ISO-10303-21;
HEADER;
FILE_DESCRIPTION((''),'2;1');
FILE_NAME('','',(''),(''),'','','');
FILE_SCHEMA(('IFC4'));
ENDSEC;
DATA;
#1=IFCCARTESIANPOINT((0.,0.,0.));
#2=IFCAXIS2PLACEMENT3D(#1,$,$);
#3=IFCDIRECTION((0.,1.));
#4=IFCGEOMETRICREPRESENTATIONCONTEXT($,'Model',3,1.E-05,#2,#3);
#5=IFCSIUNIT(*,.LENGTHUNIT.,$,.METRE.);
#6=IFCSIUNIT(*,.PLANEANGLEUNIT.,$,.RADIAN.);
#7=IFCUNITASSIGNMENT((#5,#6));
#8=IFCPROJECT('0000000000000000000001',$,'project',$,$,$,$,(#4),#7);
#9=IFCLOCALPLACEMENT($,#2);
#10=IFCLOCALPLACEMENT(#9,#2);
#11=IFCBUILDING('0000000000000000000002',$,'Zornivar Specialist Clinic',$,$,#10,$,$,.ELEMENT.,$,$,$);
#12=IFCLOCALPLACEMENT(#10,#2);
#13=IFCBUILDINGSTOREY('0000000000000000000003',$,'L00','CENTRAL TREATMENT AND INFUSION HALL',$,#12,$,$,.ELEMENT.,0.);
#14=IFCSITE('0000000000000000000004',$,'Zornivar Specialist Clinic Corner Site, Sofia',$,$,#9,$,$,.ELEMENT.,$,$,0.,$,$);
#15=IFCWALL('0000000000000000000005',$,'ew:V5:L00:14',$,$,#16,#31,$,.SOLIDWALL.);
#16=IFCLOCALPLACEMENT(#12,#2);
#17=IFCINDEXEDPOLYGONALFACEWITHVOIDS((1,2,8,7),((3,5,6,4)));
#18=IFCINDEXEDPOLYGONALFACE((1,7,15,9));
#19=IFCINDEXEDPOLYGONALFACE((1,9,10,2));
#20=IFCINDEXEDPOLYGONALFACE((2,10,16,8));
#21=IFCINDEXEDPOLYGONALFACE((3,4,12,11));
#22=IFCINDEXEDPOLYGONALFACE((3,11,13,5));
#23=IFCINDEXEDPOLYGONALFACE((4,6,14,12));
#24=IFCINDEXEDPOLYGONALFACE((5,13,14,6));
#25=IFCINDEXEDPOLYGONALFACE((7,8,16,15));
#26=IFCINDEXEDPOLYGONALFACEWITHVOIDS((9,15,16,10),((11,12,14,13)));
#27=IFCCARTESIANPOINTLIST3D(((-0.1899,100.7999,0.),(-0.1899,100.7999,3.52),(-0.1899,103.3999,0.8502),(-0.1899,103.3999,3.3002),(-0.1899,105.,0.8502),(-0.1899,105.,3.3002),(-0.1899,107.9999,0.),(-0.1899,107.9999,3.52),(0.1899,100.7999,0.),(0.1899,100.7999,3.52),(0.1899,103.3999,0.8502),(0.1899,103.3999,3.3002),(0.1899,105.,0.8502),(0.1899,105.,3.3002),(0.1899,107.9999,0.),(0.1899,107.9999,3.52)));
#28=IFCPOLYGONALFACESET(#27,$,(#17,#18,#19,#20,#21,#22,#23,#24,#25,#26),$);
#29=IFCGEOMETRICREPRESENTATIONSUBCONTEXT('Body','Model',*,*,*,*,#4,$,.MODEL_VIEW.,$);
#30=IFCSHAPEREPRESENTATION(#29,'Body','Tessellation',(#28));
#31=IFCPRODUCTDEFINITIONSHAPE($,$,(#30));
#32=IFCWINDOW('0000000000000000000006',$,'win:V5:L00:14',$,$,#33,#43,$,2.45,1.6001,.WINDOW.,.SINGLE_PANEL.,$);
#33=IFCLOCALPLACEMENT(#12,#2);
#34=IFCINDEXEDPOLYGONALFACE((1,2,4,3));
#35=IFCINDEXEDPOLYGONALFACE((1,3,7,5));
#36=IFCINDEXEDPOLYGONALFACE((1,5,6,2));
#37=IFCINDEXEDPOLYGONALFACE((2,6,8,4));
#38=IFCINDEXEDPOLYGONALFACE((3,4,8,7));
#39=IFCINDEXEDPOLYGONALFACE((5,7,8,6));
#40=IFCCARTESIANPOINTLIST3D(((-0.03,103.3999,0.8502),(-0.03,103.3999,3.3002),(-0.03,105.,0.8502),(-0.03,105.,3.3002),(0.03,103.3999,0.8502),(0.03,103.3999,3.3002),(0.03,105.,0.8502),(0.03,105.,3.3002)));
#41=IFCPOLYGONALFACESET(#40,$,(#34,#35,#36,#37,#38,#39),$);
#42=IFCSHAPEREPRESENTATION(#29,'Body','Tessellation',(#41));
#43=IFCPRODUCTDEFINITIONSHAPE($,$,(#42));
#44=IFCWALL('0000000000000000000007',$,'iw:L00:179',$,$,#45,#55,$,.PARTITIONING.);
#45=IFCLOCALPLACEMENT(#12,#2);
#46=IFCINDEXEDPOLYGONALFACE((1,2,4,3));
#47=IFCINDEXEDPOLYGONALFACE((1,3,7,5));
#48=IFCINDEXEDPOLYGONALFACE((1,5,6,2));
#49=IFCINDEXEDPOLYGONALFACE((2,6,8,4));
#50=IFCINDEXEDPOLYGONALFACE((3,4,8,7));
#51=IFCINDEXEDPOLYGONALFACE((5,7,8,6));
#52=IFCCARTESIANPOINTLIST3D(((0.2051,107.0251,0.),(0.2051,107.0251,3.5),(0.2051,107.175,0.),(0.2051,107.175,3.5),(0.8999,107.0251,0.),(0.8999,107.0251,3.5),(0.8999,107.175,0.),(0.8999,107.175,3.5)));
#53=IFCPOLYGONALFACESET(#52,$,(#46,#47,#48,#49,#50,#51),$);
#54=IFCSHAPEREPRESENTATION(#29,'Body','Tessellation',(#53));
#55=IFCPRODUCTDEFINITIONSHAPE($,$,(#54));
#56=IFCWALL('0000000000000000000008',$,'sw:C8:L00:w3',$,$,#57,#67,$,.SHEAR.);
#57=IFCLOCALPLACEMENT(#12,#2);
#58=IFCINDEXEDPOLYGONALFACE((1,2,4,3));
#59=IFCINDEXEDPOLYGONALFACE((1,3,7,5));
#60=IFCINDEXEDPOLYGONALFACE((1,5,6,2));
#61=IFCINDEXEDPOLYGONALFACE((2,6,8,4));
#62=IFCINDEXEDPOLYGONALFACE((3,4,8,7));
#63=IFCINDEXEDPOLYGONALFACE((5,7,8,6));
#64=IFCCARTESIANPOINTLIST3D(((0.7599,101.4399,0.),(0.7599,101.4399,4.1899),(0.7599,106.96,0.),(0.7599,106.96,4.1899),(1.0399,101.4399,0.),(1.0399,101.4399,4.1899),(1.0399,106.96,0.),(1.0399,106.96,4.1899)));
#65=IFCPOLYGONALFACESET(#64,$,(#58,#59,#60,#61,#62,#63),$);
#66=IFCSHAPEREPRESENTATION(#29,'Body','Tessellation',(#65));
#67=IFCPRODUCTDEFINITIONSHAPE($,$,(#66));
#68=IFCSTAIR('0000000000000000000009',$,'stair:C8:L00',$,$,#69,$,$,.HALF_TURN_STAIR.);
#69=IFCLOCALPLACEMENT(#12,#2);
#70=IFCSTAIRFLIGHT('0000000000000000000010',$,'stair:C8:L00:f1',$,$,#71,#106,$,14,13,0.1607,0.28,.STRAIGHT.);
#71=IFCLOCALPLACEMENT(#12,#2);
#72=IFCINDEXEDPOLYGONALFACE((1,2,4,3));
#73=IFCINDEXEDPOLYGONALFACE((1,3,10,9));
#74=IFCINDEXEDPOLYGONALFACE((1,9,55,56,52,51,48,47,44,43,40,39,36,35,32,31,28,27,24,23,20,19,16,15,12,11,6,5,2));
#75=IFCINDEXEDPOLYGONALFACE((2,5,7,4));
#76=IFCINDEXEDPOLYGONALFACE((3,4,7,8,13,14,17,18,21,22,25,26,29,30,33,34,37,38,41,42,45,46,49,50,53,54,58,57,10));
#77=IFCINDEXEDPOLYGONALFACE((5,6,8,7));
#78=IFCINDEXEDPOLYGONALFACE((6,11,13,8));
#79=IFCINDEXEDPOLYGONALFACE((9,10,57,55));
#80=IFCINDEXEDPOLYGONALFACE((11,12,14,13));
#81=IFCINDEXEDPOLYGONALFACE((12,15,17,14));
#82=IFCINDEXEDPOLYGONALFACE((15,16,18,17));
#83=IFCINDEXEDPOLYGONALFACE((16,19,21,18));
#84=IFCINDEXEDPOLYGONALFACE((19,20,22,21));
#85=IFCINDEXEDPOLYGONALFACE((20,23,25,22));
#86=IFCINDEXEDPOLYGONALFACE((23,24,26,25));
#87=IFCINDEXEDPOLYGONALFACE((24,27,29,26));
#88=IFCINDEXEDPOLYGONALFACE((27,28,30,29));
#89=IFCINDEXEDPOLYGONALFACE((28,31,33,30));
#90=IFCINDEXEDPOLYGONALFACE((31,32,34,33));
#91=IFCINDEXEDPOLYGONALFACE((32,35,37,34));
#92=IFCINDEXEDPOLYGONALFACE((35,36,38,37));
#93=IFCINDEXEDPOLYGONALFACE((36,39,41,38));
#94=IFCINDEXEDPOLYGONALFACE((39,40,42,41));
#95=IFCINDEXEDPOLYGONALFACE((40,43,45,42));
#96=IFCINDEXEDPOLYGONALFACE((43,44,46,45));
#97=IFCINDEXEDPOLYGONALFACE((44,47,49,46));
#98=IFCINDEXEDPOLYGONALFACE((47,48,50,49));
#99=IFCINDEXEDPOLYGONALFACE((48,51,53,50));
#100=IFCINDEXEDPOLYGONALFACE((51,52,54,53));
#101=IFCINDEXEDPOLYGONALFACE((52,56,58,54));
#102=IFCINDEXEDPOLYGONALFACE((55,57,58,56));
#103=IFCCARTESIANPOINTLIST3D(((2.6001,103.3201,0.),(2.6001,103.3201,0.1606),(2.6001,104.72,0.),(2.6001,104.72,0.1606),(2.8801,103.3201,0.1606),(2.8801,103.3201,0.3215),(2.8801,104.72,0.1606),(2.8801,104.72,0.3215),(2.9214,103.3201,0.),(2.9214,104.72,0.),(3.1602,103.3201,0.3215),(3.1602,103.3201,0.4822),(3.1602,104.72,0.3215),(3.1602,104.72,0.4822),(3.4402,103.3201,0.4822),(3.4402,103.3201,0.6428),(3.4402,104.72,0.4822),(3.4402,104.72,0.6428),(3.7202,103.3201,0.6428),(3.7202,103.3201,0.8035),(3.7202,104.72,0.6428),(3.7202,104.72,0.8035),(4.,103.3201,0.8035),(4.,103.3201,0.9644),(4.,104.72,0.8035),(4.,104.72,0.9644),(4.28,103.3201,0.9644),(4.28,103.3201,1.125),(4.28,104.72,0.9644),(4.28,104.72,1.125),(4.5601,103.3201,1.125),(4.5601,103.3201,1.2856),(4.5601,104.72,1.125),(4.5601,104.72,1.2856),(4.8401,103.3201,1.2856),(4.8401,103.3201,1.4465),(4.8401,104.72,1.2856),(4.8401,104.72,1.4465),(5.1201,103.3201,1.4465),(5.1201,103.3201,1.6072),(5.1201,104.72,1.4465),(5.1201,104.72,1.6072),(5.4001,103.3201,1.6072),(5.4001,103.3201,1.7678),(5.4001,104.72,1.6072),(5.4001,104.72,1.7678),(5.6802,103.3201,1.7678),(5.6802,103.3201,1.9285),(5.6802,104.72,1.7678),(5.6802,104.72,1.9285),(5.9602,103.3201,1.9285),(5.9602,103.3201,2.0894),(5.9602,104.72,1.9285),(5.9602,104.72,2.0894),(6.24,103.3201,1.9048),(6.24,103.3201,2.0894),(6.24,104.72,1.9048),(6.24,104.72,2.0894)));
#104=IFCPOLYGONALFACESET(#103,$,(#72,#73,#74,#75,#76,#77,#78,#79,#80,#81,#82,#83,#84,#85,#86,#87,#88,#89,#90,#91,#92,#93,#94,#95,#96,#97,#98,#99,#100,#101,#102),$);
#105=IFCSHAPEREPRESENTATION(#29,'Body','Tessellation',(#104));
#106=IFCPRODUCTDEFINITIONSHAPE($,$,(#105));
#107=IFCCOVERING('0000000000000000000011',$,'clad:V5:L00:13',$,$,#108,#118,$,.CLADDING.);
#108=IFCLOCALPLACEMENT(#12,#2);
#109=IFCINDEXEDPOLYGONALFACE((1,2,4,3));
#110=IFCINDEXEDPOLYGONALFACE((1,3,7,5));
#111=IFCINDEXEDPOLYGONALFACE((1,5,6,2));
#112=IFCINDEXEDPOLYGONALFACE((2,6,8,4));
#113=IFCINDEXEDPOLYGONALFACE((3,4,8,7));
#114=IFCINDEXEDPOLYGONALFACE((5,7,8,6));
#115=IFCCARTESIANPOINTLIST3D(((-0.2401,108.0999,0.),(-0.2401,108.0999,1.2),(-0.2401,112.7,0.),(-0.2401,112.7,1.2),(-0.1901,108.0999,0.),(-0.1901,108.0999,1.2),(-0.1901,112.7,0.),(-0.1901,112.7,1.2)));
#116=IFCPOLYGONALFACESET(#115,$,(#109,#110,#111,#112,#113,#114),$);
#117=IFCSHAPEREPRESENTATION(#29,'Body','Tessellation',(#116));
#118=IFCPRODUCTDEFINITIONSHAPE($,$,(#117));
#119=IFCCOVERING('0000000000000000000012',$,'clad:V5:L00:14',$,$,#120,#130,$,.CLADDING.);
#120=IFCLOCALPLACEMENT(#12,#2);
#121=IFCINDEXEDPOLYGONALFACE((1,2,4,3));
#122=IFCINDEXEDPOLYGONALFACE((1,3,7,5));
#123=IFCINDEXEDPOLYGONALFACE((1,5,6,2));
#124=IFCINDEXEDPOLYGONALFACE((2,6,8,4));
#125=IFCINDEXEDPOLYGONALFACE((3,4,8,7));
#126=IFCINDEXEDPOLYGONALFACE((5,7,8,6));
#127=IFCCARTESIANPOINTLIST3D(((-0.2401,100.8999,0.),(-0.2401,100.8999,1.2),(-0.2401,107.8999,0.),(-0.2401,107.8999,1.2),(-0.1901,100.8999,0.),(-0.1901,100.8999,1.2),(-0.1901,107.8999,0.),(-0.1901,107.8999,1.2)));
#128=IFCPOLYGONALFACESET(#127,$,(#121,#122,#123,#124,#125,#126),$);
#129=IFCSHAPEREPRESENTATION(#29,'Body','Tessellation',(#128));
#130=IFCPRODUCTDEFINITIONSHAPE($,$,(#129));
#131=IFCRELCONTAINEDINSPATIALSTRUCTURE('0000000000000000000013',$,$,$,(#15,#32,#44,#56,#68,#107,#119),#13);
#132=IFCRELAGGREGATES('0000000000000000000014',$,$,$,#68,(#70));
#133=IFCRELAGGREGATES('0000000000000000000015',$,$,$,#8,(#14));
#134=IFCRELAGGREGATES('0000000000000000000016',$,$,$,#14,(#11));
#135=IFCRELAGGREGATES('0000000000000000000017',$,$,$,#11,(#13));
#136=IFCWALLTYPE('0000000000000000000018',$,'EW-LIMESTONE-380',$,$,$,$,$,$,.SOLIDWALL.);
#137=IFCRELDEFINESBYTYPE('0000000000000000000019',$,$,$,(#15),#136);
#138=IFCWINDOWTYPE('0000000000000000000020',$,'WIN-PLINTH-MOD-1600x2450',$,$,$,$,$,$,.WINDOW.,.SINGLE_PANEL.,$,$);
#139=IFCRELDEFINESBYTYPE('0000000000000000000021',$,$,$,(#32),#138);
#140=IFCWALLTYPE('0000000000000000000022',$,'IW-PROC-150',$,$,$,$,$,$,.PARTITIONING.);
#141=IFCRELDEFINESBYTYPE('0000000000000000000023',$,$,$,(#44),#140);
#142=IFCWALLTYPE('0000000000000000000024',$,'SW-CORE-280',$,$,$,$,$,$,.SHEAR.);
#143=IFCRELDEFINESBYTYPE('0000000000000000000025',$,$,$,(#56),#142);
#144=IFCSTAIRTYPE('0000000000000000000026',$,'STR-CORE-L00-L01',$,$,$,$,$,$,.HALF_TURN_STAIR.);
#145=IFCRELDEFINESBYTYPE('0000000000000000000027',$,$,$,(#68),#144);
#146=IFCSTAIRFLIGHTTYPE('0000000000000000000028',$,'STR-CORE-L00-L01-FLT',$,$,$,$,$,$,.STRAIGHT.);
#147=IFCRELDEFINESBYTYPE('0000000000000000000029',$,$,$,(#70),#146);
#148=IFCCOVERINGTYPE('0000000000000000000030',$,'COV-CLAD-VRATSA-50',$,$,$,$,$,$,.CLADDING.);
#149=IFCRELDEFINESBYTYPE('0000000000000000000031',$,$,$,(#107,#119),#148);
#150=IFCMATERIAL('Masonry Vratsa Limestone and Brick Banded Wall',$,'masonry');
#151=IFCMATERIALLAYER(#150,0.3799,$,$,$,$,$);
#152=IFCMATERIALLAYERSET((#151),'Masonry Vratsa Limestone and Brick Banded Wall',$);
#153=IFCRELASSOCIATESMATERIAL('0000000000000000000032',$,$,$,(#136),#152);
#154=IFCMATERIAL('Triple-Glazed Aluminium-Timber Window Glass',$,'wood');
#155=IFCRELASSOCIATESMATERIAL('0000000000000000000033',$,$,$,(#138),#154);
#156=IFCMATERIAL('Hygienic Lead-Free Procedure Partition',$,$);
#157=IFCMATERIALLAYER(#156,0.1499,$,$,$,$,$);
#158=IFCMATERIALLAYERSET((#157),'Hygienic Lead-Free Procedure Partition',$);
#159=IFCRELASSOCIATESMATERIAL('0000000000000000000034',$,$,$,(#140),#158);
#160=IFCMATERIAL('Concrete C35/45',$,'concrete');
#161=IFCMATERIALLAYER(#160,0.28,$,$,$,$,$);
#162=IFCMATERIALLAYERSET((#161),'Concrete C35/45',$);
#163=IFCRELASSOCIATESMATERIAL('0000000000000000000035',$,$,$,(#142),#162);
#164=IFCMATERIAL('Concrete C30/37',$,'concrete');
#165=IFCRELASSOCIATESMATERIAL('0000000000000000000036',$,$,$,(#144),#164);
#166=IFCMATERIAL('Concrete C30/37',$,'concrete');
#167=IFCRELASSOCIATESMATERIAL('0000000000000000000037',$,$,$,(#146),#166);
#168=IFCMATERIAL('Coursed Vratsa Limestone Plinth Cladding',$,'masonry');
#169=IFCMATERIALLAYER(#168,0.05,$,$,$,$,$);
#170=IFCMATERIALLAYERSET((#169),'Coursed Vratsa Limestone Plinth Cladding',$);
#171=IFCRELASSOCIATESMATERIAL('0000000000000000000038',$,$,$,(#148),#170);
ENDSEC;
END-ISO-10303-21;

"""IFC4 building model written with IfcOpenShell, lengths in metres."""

from ifc_helpers import new_model, si_unit, direction, frame, frame_2d, origin, origin_2d, place, context, subcontext, project, spatial, polyline, rectangle, outline, extrude, material, layer, layer_set, type_object, element, fill, aggregate, save


model = new_model("IFC4")

# Units and contexts
model_context = context("Model", 3, precision=1e-05, world=origin(), true_north=direction((0.0, 1.0)))
body_context = subcontext(model_context, "Body", "Model", "MODEL_VIEW")
ifc_project = project(units=[si_unit("LENGTHUNIT", "METRE"), si_unit("PLANEANGLEUNIT", "RADIAN")], contexts=[model_context])

# Site, building, storey
site_placement = place(None, origin())
site = spatial("IfcSite", under=ifc_project, at=site_placement, Name="Zornivar Specialist Clinic Corner Site, Sofia", CompositionType="ELEMENT", RefElevation=0.0)
building_placement = place(site_placement, origin())
building = spatial("IfcBuilding", under=site, at=building_placement, Name="Zornivar Specialist Clinic", CompositionType="ELEMENT")
storey_placement = place(building_placement, origin())
storey = spatial("IfcBuildingStorey", under=building, at=storey_placement, Name="L00", Description="CENTRAL TREATMENT AND INFUSION HALL", CompositionType="ELEMENT", Elevation=0.0)

# Wall, opening, window
ifc_material_1 = material(Name="Masonry Vratsa Limestone and Brick Banded Wall", Category="masonry")
ifc_layer_1 = layer(ifc_material_1, 0.3799)
ifc_layer_set_1 = layer_set([ifc_layer_1], Name="Masonry Vratsa Limestone and Brick Banded Wall")
wall_type_1 = type_object("IfcWallType", Name="EW-LIMESTONE-380", PredefinedType="SOLIDWALL", material=ifc_layer_set_1)
wall_1_placement = place(storey_placement, frame((0.0, 108.0, 0.0), z_axis=(0.0, 0.0, 1.0), x_axis=(0.0, -1.0, 0.0)))
wall_1 = element("IfcWall", 1, at=wall_1_placement, inside=storey, type_object=wall_type_1, Name="ew:V5:L00:14", PredefinedType="SOLIDWALL", context=body_context, shape_type="SweptSolid", body=[
    extrude(rectangle(XDim=7.2, YDim=0.3799, at=frame_2d((3.6001, 0.0))), origin(), (0.0, 0.0, 1.0), 3.52),
])
opening_1_placement = place(wall_1_placement, frame((3.0, 0.0, 0.8501)))
opening_1 = element("IfcOpeningElement", 2, at=opening_1_placement, cuts=wall_1, PredefinedType="OPENING", context=body_context, shape_type="SweptSolid", body=[
    extrude(rectangle(XDim=1.6001, YDim=2.45, at=frame_2d((0.8, 1.2251))), frame((0.0, 0.2, 0.0), z_axis=(0.0, -1.0, 0.0), x_axis=(1.0, 0.0, 0.0)), (0.0, 0.0, 1.0), 0.3999),
])
ifc_material_2 = material(Name="Triple-Glazed Aluminium-Timber Window Glass", Category="wood")
window_type_1 = type_object("IfcWindowType", Name="WIN-PLINTH-MOD-1600x2450", PartitioningType="SINGLE_PANEL", PredefinedType="WINDOW", material=ifc_material_2)
window_1_placement = place(opening_1_placement, origin())
window_1 = element("IfcWindow", 3, at=window_1_placement, inside=storey, type_object=window_type_1, Name="win:V5:L00:14", OverallHeight=2.45, OverallWidth=1.6001, PartitioningType="SINGLE_PANEL", PredefinedType="WINDOW", context=body_context, shape_type="SweptSolid", body=[
    extrude(rectangle(XDim=1.6001, YDim=2.45, at=frame_2d((0.8, 1.2251))), frame((0.0, 0.03, 0.0), z_axis=(0.0, -1.0, 0.0), x_axis=(1.0, 0.0, 0.0)), (0.0, 0.0, 1.0), 0.0601),
])
fill(opening_1, window_1)

# Walls
ifc_material_3 = material(Name="Hygienic Lead-Free Procedure Partition")
ifc_layer_2 = layer(ifc_material_3, 0.1499)
ifc_layer_set_2 = layer_set([ifc_layer_2], Name="Hygienic Lead-Free Procedure Partition")
wall_type_2 = type_object("IfcWallType", Name="IW-PROC-150", PredefinedType="PARTITIONING", material=ifc_layer_set_2)
wall_2_placement = place(storey_placement, frame((0.8999, 107.1001, 0.0), z_axis=(0.0, 0.0, 1.0), x_axis=(-1.0, 0.0, 0.0)))
element("IfcWall", 4, at=wall_2_placement, inside=storey, type_object=wall_type_2, Name="iw:L00:179", PredefinedType="PARTITIONING", context=body_context, shape_type="SweptSolid", body=[
    extrude(rectangle(XDim=0.6948, YDim=0.1499, at=frame_2d((0.3474, 0.0))), origin(), (0.0, 0.0, 1.0), 3.5),
])
ifc_material_4 = material(Name="Concrete C35/45", Category="concrete")
ifc_layer_3 = layer(ifc_material_4, 0.28)
ifc_layer_set_3 = layer_set([ifc_layer_3], Name="Concrete C35/45")
wall_type_3 = type_object("IfcWallType", Name="SW-CORE-280", PredefinedType="SHEAR", material=ifc_layer_set_3)
wall_3_placement = place(storey_placement, frame((0.8999, 106.96, 0.0), z_axis=(0.0, 0.0, 1.0), x_axis=(0.0, -1.0, 0.0)))
element("IfcWall", 5, at=wall_3_placement, inside=storey, type_object=wall_type_3, Name="sw:C8:L00:w3", PredefinedType="SHEAR", context=body_context, shape_type="SweptSolid", body=[
    extrude(rectangle(XDim=5.52, YDim=0.28, at=frame_2d((2.76, 0.0))), origin(), (0.0, 0.0, 1.0), 4.1899),
])

# Stair, stair flight
ifc_material_5 = material(Name="Concrete C30/37", Category="concrete")
stair_type = type_object("IfcStairType", Name="STR-CORE-L00-L01", PredefinedType="HALF_TURN_STAIR", material=ifc_material_5)
stair_placement = place(storey_placement, origin())
stair = element("IfcStair", 6, at=stair_placement, inside=storey, type_object=stair_type, Name="stair:C8:L00", PredefinedType="HALF_TURN_STAIR")
ifc_material_6 = material(Name="Concrete C30/37", Category="concrete")
stair_flight_type = type_object("IfcStairFlightType", Name="STR-CORE-L00-L01-FLT", PredefinedType="STRAIGHT", material=ifc_material_6)
stair_flight_placement = place(storey_placement, frame((2.6001, 104.02, 0.0), z_axis=(0.0, 0.0, 1.0), x_axis=(1.0, 0.0, 0.0)))
stair_flight = element("IfcStairFlight", 7, at=stair_flight_placement, type_object=stair_flight_type, Name="stair:C8:L00:f1", NumberOfRisers=14, NumberOfTreads=13, PredefinedType="STRAIGHT", RiserHeight=0.1607, TreadLength=0.28, context=body_context, shape_type="SweptSolid", body=[
    extrude(outline(polyline([(0.0, 0.0), (0.0, 0.1606), (0.28, 0.1606), (0.28, 0.3215), (0.5601, 0.3215), (0.5601, 0.4822), (0.8401, 0.4822), (0.8401, 0.6428), (1.1201, 0.6428), (1.1201, 0.8035), (1.3999, 0.8035), (1.3999, 0.9644), (1.6799, 0.9644), (1.6799, 1.125), (1.96, 1.125), (1.96, 1.2856), (2.24, 1.2856), (2.24, 1.4465), (2.52, 1.4465), (2.52, 1.6072), (2.8, 1.6072), (2.8, 1.7678), (3.0801, 1.7678), (3.0801, 1.9285), (3.3601, 1.9285), (3.3601, 2.0894), (3.6399, 2.0894), (3.6399, 2.25), (3.6399, 1.9048), (0.3213, 0.0), (0.0, 0.0)])), frame((0.0, 0.7, 0.0), z_axis=(0.0, -1.0, 0.0), x_axis=(1.0, 0.0, 0.0)), (0.0, 0.0, 1.0), 1.3999),
])
aggregate(stair, [stair_flight])

# Coverings
ifc_material_7 = material(Name="Coursed Vratsa Limestone Plinth Cladding", Category="masonry")
ifc_layer_4 = layer(ifc_material_7, 0.05)
ifc_layer_set_4 = layer_set([ifc_layer_4], Name="Coursed Vratsa Limestone Plinth Cladding")
covering_type = type_object("IfcCoveringType", Name="COV-CLAD-VRATSA-50", PredefinedType="CLADDING", material=ifc_layer_set_4)
covering_1_placement = place(storey_placement, frame((-0.2151, 110.3999, 0.0), z_axis=(0.0, 0.0, 1.0), x_axis=(0.0, -1.0, 0.0)))
element("IfcCovering", 8, at=covering_1_placement, inside=storey, type_object=covering_type, Name="clad:V5:L00:13", PredefinedType="CLADDING", context=body_context, shape_type="SweptSolid", body=[
    extrude(rectangle(XDim=4.6001, YDim=0.05, at=origin_2d()), origin(), (0.0, 0.0, 1.0), 1.2),
])
covering_2_placement = place(storey_placement, frame((-0.2151, 104.3999, 0.0), z_axis=(0.0, 0.0, 1.0), x_axis=(0.0, -1.0, 0.0)))
element("IfcCovering", 9, at=covering_2_placement, inside=storey, type_object=covering_type, Name="clad:V5:L00:14", PredefinedType="CLADDING", context=body_context, shape_type="SweptSolid", body=[
    extrude(rectangle(XDim=7.0, YDim=0.05, at=origin_2d()), origin(), (0.0, 0.0, 1.0), 1.2),
])

save(model, "model.ifc")
